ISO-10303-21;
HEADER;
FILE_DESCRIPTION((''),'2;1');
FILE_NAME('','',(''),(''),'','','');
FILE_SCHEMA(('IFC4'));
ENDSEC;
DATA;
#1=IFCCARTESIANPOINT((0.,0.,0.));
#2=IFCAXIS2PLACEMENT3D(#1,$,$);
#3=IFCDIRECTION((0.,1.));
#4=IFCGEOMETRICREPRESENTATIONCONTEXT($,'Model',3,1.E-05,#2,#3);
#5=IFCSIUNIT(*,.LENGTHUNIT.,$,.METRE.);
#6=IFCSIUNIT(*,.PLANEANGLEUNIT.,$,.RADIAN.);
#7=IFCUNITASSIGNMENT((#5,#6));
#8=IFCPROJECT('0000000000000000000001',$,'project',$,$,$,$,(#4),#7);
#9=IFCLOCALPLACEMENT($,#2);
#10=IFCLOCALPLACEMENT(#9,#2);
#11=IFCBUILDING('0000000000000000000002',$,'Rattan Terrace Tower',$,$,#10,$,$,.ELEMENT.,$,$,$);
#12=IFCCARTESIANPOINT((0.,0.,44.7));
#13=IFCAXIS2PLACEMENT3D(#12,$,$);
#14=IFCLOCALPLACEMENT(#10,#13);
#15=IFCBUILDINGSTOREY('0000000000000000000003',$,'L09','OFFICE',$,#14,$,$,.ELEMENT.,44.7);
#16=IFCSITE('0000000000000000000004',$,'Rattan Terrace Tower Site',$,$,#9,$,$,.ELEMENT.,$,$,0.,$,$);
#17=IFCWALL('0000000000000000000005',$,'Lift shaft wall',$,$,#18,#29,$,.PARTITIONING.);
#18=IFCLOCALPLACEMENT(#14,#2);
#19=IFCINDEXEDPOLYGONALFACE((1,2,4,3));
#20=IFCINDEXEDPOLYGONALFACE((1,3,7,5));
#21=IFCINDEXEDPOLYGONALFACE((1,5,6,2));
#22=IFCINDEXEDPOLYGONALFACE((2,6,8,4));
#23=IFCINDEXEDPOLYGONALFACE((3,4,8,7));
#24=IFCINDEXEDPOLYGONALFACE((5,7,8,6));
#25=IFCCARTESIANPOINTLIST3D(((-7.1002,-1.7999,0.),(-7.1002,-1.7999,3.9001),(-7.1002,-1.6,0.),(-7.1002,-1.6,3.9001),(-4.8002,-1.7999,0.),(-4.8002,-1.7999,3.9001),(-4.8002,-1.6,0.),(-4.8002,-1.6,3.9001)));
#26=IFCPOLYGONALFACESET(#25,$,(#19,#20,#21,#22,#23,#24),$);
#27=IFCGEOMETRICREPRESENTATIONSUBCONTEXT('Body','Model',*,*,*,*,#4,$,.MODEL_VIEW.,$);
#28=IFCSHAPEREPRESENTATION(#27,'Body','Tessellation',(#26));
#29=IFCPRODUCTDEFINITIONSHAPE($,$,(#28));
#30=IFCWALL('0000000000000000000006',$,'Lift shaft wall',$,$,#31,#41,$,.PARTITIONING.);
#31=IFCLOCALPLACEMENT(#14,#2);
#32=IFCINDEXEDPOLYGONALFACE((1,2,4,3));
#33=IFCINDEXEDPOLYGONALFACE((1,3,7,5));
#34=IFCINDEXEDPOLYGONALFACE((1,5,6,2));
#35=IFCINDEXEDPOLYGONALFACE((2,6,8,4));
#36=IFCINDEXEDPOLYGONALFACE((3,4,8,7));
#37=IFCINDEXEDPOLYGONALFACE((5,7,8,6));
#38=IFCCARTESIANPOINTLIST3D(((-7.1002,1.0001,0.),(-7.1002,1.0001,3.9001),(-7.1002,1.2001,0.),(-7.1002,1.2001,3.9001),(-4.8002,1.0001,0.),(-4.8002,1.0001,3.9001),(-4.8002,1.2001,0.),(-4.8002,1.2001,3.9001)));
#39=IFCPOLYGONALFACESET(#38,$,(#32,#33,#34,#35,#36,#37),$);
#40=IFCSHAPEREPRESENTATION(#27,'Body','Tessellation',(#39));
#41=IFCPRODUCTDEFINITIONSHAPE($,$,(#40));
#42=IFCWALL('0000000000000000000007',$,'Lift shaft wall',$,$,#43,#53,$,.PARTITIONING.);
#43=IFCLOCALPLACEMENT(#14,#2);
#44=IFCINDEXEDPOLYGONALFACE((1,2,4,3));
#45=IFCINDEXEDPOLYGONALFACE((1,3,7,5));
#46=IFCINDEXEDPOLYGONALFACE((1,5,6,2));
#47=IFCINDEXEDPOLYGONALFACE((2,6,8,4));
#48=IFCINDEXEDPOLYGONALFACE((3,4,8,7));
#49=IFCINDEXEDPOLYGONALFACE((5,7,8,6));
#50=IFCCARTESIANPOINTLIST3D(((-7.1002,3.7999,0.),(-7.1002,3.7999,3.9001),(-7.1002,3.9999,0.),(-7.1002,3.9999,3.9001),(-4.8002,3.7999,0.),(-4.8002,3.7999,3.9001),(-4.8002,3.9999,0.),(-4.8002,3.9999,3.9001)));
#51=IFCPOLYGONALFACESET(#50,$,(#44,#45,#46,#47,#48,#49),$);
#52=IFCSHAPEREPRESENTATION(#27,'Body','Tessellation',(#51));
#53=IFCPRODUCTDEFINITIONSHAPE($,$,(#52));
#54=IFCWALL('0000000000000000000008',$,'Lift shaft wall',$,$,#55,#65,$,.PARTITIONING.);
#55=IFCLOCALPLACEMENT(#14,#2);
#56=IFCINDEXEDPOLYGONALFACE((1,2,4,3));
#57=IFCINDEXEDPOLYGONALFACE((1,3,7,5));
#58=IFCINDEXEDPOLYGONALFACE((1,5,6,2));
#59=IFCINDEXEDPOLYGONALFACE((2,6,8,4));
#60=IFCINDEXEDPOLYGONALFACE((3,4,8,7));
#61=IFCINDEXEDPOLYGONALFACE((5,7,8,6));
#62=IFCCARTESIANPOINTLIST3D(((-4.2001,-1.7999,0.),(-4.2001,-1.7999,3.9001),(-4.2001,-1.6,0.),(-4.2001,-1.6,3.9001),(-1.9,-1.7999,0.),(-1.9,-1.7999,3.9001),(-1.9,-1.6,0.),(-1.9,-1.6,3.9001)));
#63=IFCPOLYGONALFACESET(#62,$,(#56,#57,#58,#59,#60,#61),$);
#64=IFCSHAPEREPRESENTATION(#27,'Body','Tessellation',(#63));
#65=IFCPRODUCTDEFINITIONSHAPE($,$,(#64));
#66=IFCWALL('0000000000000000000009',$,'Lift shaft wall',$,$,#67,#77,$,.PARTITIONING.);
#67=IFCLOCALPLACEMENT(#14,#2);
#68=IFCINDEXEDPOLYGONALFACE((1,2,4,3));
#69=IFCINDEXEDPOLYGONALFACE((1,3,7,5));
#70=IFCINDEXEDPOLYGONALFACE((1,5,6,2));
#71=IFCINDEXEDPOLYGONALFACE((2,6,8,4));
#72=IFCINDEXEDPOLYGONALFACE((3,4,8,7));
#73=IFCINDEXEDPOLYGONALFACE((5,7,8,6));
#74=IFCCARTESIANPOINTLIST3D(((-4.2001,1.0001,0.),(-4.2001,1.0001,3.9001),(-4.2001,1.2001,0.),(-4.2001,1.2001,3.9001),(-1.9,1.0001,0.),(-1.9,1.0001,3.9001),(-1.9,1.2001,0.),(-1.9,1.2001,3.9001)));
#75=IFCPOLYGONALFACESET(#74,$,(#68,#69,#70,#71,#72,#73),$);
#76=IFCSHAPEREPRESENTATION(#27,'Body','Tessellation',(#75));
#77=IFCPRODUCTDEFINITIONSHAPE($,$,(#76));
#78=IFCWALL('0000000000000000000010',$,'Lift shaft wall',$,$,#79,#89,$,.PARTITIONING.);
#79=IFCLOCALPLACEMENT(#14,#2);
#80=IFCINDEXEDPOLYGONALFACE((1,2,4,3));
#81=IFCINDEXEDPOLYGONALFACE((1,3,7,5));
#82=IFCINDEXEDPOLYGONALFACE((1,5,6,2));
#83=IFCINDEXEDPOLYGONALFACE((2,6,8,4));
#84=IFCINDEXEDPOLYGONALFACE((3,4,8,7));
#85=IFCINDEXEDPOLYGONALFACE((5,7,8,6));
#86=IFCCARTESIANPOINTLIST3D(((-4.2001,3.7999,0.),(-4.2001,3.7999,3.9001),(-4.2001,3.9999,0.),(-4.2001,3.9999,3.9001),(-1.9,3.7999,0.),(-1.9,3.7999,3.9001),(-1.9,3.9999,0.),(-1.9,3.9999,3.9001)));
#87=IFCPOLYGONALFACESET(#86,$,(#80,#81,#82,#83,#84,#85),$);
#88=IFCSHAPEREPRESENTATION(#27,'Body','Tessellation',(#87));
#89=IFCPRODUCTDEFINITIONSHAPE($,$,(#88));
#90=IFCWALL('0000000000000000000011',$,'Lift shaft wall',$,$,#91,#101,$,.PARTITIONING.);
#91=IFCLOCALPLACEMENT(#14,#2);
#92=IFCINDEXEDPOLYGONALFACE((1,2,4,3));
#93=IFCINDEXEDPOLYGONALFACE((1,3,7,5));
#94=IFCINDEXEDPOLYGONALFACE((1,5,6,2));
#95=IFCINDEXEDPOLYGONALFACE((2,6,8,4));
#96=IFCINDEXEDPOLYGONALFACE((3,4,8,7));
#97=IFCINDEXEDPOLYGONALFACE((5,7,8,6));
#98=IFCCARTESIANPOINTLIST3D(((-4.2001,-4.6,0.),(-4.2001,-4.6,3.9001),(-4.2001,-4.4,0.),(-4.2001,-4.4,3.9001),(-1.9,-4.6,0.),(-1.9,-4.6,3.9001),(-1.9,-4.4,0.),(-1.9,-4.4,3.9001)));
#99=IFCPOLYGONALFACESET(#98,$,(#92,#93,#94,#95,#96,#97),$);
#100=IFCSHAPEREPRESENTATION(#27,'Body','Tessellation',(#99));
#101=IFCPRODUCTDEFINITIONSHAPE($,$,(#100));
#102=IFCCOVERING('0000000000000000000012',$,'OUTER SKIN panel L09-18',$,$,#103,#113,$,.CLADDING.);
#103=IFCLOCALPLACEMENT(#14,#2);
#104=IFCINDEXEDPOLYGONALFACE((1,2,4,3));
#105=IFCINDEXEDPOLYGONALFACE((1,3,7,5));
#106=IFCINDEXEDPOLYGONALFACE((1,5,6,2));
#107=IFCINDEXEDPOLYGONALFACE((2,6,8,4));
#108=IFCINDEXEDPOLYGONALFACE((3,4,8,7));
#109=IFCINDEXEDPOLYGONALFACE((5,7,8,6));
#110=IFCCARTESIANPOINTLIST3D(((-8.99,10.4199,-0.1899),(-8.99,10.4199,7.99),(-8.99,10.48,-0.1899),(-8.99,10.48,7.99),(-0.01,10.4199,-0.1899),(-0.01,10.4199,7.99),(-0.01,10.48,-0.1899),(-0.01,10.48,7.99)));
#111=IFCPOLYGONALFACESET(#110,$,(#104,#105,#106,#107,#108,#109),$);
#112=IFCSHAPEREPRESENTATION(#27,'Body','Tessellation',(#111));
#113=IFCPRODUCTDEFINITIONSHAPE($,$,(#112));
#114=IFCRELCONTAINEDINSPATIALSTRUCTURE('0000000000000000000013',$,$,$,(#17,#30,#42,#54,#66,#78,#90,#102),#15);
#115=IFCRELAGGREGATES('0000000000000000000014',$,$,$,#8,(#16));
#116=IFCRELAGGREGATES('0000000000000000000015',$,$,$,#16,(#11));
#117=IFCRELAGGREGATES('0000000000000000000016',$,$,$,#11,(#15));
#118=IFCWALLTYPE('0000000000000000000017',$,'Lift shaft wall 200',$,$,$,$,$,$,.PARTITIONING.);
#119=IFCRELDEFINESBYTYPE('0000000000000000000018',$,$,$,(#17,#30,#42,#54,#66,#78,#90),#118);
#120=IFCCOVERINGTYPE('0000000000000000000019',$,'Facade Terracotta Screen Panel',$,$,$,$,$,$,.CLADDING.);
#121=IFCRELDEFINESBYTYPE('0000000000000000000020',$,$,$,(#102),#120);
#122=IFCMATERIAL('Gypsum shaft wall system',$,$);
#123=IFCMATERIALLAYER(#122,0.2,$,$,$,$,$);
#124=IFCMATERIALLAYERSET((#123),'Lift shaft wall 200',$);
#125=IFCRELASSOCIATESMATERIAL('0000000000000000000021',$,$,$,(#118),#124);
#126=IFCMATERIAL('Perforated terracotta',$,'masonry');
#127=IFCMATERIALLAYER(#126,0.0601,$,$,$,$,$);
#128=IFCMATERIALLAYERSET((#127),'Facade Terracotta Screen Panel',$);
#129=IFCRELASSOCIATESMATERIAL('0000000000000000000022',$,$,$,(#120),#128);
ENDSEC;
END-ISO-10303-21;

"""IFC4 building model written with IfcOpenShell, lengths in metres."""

from ifc_helpers import new_model, si_unit, direction, frame, frame_2d, origin, origin_2d, place, context, subcontext, project, spatial, rectangle, extrude, material, layer, layer_set, type_object, element, save


model = new_model("IFC4")

# Units and contexts
model_context = context("Model", 3, precision=1e-05, world=origin(), true_north=direction((0.0, 1.0)))
body_context = subcontext(model_context, "Body", "Model", "MODEL_VIEW")
ifc_project = project(units=[si_unit("LENGTHUNIT", "METRE"), si_unit("PLANEANGLEUNIT", "RADIAN")], contexts=[model_context])

# Site, building, storey
site_placement = place(None, origin())
site = spatial("IfcSite", under=ifc_project, at=site_placement, Name="Rattan Terrace Tower Site", CompositionType="ELEMENT", RefElevation=0.0)
building_placement = place(site_placement, origin())
building = spatial("IfcBuilding", under=site, at=building_placement, Name="Rattan Terrace Tower", CompositionType="ELEMENT")
storey_placement = place(building_placement, frame((0.0, 0.0, 44.7)))
storey = spatial("IfcBuildingStorey", under=building, at=storey_placement, Name="L09", Description="OFFICE", CompositionType="ELEMENT", Elevation=44.7)

# Walls
ifc_material_1 = material(Name="Gypsum shaft wall system")
ifc_layer_1 = layer(ifc_material_1, 0.2)
ifc_layer_set_1 = layer_set([ifc_layer_1], Name="Lift shaft wall 200")
wall_type = type_object("IfcWallType", Name="Lift shaft wall 200", PredefinedType="PARTITIONING", material=ifc_layer_set_1)
for number, where, z_axis, x_axis, name in (
    (1, (-7.1001, -1.7, 0.0), (0.0, 0.0, 1.0), (1.0, 0.0, 0.0), "Lift shaft wall"),
    (2, (-7.1001, 1.1001, 0.0), (0.0, 0.0, 1.0), (1.0, 0.0, 0.0), "Lift shaft wall"),
    (3, (-7.1001, 3.8999, 0.0), (0.0, 0.0, 1.0), (1.0, 0.0, 0.0), "Lift shaft wall"),
    (4, (-4.2, -1.7, 0.0), (0.0, 0.0, 1.0), (1.0, 0.0, 0.0), "Lift shaft wall"),
    (5, (-4.2, 1.1001, 0.0), (0.0, 0.0, 1.0), (1.0, 0.0, 0.0), "Lift shaft wall"),
    (6, (-4.2, 3.8999, 0.0), (0.0, 0.0, 1.0), (1.0, 0.0, 0.0), "Lift shaft wall"),
    (7, (-4.2, -4.5, 0.0), (0.0, 0.0, 1.0), (1.0, 0.0, 0.0), "Lift shaft wall"),
):
    element("IfcWall", number, at=place(storey_placement, frame(where, z_axis=z_axis, x_axis=x_axis)), inside=storey, type_object=wall_type, Name=name, PredefinedType="PARTITIONING", context=body_context, shape_type="SweptSolid", body=[
        extrude(rectangle(XDim=2.3, YDim=0.2, at=frame_2d((1.1499, 0.0))), origin(), (0.0, 0.0, 1.0), 3.9001),
    ])

# Covering
ifc_material_2 = material(Name="Perforated terracotta", Category="masonry")
ifc_layer_2 = layer(ifc_material_2, 0.0601)
ifc_layer_set_2 = layer_set([ifc_layer_2], Name="Facade Terracotta Screen Panel")
covering_type = type_object("IfcCoveringType", Name="Facade Terracotta Screen Panel", PredefinedType="CLADDING", material=ifc_layer_set_2)
covering_placement = place(storey_placement, frame((-4.5, 10.45, -0.1899), z_axis=(0.0, 0.0, 1.0), x_axis=(-1.0, 0.0, 0.0)))
element("IfcCovering", 8, at=covering_placement, inside=storey, type_object=covering_type, Name="OUTER SKIN panel L09-18", PredefinedType="CLADDING", context=body_context, shape_type="SweptSolid", body=[
    extrude(rectangle(XDim=8.98, YDim=0.0601, at=origin_2d()), origin(), (0.0, 0.0, 1.0), 8.1799),
])

save(model, "model.ifc")
